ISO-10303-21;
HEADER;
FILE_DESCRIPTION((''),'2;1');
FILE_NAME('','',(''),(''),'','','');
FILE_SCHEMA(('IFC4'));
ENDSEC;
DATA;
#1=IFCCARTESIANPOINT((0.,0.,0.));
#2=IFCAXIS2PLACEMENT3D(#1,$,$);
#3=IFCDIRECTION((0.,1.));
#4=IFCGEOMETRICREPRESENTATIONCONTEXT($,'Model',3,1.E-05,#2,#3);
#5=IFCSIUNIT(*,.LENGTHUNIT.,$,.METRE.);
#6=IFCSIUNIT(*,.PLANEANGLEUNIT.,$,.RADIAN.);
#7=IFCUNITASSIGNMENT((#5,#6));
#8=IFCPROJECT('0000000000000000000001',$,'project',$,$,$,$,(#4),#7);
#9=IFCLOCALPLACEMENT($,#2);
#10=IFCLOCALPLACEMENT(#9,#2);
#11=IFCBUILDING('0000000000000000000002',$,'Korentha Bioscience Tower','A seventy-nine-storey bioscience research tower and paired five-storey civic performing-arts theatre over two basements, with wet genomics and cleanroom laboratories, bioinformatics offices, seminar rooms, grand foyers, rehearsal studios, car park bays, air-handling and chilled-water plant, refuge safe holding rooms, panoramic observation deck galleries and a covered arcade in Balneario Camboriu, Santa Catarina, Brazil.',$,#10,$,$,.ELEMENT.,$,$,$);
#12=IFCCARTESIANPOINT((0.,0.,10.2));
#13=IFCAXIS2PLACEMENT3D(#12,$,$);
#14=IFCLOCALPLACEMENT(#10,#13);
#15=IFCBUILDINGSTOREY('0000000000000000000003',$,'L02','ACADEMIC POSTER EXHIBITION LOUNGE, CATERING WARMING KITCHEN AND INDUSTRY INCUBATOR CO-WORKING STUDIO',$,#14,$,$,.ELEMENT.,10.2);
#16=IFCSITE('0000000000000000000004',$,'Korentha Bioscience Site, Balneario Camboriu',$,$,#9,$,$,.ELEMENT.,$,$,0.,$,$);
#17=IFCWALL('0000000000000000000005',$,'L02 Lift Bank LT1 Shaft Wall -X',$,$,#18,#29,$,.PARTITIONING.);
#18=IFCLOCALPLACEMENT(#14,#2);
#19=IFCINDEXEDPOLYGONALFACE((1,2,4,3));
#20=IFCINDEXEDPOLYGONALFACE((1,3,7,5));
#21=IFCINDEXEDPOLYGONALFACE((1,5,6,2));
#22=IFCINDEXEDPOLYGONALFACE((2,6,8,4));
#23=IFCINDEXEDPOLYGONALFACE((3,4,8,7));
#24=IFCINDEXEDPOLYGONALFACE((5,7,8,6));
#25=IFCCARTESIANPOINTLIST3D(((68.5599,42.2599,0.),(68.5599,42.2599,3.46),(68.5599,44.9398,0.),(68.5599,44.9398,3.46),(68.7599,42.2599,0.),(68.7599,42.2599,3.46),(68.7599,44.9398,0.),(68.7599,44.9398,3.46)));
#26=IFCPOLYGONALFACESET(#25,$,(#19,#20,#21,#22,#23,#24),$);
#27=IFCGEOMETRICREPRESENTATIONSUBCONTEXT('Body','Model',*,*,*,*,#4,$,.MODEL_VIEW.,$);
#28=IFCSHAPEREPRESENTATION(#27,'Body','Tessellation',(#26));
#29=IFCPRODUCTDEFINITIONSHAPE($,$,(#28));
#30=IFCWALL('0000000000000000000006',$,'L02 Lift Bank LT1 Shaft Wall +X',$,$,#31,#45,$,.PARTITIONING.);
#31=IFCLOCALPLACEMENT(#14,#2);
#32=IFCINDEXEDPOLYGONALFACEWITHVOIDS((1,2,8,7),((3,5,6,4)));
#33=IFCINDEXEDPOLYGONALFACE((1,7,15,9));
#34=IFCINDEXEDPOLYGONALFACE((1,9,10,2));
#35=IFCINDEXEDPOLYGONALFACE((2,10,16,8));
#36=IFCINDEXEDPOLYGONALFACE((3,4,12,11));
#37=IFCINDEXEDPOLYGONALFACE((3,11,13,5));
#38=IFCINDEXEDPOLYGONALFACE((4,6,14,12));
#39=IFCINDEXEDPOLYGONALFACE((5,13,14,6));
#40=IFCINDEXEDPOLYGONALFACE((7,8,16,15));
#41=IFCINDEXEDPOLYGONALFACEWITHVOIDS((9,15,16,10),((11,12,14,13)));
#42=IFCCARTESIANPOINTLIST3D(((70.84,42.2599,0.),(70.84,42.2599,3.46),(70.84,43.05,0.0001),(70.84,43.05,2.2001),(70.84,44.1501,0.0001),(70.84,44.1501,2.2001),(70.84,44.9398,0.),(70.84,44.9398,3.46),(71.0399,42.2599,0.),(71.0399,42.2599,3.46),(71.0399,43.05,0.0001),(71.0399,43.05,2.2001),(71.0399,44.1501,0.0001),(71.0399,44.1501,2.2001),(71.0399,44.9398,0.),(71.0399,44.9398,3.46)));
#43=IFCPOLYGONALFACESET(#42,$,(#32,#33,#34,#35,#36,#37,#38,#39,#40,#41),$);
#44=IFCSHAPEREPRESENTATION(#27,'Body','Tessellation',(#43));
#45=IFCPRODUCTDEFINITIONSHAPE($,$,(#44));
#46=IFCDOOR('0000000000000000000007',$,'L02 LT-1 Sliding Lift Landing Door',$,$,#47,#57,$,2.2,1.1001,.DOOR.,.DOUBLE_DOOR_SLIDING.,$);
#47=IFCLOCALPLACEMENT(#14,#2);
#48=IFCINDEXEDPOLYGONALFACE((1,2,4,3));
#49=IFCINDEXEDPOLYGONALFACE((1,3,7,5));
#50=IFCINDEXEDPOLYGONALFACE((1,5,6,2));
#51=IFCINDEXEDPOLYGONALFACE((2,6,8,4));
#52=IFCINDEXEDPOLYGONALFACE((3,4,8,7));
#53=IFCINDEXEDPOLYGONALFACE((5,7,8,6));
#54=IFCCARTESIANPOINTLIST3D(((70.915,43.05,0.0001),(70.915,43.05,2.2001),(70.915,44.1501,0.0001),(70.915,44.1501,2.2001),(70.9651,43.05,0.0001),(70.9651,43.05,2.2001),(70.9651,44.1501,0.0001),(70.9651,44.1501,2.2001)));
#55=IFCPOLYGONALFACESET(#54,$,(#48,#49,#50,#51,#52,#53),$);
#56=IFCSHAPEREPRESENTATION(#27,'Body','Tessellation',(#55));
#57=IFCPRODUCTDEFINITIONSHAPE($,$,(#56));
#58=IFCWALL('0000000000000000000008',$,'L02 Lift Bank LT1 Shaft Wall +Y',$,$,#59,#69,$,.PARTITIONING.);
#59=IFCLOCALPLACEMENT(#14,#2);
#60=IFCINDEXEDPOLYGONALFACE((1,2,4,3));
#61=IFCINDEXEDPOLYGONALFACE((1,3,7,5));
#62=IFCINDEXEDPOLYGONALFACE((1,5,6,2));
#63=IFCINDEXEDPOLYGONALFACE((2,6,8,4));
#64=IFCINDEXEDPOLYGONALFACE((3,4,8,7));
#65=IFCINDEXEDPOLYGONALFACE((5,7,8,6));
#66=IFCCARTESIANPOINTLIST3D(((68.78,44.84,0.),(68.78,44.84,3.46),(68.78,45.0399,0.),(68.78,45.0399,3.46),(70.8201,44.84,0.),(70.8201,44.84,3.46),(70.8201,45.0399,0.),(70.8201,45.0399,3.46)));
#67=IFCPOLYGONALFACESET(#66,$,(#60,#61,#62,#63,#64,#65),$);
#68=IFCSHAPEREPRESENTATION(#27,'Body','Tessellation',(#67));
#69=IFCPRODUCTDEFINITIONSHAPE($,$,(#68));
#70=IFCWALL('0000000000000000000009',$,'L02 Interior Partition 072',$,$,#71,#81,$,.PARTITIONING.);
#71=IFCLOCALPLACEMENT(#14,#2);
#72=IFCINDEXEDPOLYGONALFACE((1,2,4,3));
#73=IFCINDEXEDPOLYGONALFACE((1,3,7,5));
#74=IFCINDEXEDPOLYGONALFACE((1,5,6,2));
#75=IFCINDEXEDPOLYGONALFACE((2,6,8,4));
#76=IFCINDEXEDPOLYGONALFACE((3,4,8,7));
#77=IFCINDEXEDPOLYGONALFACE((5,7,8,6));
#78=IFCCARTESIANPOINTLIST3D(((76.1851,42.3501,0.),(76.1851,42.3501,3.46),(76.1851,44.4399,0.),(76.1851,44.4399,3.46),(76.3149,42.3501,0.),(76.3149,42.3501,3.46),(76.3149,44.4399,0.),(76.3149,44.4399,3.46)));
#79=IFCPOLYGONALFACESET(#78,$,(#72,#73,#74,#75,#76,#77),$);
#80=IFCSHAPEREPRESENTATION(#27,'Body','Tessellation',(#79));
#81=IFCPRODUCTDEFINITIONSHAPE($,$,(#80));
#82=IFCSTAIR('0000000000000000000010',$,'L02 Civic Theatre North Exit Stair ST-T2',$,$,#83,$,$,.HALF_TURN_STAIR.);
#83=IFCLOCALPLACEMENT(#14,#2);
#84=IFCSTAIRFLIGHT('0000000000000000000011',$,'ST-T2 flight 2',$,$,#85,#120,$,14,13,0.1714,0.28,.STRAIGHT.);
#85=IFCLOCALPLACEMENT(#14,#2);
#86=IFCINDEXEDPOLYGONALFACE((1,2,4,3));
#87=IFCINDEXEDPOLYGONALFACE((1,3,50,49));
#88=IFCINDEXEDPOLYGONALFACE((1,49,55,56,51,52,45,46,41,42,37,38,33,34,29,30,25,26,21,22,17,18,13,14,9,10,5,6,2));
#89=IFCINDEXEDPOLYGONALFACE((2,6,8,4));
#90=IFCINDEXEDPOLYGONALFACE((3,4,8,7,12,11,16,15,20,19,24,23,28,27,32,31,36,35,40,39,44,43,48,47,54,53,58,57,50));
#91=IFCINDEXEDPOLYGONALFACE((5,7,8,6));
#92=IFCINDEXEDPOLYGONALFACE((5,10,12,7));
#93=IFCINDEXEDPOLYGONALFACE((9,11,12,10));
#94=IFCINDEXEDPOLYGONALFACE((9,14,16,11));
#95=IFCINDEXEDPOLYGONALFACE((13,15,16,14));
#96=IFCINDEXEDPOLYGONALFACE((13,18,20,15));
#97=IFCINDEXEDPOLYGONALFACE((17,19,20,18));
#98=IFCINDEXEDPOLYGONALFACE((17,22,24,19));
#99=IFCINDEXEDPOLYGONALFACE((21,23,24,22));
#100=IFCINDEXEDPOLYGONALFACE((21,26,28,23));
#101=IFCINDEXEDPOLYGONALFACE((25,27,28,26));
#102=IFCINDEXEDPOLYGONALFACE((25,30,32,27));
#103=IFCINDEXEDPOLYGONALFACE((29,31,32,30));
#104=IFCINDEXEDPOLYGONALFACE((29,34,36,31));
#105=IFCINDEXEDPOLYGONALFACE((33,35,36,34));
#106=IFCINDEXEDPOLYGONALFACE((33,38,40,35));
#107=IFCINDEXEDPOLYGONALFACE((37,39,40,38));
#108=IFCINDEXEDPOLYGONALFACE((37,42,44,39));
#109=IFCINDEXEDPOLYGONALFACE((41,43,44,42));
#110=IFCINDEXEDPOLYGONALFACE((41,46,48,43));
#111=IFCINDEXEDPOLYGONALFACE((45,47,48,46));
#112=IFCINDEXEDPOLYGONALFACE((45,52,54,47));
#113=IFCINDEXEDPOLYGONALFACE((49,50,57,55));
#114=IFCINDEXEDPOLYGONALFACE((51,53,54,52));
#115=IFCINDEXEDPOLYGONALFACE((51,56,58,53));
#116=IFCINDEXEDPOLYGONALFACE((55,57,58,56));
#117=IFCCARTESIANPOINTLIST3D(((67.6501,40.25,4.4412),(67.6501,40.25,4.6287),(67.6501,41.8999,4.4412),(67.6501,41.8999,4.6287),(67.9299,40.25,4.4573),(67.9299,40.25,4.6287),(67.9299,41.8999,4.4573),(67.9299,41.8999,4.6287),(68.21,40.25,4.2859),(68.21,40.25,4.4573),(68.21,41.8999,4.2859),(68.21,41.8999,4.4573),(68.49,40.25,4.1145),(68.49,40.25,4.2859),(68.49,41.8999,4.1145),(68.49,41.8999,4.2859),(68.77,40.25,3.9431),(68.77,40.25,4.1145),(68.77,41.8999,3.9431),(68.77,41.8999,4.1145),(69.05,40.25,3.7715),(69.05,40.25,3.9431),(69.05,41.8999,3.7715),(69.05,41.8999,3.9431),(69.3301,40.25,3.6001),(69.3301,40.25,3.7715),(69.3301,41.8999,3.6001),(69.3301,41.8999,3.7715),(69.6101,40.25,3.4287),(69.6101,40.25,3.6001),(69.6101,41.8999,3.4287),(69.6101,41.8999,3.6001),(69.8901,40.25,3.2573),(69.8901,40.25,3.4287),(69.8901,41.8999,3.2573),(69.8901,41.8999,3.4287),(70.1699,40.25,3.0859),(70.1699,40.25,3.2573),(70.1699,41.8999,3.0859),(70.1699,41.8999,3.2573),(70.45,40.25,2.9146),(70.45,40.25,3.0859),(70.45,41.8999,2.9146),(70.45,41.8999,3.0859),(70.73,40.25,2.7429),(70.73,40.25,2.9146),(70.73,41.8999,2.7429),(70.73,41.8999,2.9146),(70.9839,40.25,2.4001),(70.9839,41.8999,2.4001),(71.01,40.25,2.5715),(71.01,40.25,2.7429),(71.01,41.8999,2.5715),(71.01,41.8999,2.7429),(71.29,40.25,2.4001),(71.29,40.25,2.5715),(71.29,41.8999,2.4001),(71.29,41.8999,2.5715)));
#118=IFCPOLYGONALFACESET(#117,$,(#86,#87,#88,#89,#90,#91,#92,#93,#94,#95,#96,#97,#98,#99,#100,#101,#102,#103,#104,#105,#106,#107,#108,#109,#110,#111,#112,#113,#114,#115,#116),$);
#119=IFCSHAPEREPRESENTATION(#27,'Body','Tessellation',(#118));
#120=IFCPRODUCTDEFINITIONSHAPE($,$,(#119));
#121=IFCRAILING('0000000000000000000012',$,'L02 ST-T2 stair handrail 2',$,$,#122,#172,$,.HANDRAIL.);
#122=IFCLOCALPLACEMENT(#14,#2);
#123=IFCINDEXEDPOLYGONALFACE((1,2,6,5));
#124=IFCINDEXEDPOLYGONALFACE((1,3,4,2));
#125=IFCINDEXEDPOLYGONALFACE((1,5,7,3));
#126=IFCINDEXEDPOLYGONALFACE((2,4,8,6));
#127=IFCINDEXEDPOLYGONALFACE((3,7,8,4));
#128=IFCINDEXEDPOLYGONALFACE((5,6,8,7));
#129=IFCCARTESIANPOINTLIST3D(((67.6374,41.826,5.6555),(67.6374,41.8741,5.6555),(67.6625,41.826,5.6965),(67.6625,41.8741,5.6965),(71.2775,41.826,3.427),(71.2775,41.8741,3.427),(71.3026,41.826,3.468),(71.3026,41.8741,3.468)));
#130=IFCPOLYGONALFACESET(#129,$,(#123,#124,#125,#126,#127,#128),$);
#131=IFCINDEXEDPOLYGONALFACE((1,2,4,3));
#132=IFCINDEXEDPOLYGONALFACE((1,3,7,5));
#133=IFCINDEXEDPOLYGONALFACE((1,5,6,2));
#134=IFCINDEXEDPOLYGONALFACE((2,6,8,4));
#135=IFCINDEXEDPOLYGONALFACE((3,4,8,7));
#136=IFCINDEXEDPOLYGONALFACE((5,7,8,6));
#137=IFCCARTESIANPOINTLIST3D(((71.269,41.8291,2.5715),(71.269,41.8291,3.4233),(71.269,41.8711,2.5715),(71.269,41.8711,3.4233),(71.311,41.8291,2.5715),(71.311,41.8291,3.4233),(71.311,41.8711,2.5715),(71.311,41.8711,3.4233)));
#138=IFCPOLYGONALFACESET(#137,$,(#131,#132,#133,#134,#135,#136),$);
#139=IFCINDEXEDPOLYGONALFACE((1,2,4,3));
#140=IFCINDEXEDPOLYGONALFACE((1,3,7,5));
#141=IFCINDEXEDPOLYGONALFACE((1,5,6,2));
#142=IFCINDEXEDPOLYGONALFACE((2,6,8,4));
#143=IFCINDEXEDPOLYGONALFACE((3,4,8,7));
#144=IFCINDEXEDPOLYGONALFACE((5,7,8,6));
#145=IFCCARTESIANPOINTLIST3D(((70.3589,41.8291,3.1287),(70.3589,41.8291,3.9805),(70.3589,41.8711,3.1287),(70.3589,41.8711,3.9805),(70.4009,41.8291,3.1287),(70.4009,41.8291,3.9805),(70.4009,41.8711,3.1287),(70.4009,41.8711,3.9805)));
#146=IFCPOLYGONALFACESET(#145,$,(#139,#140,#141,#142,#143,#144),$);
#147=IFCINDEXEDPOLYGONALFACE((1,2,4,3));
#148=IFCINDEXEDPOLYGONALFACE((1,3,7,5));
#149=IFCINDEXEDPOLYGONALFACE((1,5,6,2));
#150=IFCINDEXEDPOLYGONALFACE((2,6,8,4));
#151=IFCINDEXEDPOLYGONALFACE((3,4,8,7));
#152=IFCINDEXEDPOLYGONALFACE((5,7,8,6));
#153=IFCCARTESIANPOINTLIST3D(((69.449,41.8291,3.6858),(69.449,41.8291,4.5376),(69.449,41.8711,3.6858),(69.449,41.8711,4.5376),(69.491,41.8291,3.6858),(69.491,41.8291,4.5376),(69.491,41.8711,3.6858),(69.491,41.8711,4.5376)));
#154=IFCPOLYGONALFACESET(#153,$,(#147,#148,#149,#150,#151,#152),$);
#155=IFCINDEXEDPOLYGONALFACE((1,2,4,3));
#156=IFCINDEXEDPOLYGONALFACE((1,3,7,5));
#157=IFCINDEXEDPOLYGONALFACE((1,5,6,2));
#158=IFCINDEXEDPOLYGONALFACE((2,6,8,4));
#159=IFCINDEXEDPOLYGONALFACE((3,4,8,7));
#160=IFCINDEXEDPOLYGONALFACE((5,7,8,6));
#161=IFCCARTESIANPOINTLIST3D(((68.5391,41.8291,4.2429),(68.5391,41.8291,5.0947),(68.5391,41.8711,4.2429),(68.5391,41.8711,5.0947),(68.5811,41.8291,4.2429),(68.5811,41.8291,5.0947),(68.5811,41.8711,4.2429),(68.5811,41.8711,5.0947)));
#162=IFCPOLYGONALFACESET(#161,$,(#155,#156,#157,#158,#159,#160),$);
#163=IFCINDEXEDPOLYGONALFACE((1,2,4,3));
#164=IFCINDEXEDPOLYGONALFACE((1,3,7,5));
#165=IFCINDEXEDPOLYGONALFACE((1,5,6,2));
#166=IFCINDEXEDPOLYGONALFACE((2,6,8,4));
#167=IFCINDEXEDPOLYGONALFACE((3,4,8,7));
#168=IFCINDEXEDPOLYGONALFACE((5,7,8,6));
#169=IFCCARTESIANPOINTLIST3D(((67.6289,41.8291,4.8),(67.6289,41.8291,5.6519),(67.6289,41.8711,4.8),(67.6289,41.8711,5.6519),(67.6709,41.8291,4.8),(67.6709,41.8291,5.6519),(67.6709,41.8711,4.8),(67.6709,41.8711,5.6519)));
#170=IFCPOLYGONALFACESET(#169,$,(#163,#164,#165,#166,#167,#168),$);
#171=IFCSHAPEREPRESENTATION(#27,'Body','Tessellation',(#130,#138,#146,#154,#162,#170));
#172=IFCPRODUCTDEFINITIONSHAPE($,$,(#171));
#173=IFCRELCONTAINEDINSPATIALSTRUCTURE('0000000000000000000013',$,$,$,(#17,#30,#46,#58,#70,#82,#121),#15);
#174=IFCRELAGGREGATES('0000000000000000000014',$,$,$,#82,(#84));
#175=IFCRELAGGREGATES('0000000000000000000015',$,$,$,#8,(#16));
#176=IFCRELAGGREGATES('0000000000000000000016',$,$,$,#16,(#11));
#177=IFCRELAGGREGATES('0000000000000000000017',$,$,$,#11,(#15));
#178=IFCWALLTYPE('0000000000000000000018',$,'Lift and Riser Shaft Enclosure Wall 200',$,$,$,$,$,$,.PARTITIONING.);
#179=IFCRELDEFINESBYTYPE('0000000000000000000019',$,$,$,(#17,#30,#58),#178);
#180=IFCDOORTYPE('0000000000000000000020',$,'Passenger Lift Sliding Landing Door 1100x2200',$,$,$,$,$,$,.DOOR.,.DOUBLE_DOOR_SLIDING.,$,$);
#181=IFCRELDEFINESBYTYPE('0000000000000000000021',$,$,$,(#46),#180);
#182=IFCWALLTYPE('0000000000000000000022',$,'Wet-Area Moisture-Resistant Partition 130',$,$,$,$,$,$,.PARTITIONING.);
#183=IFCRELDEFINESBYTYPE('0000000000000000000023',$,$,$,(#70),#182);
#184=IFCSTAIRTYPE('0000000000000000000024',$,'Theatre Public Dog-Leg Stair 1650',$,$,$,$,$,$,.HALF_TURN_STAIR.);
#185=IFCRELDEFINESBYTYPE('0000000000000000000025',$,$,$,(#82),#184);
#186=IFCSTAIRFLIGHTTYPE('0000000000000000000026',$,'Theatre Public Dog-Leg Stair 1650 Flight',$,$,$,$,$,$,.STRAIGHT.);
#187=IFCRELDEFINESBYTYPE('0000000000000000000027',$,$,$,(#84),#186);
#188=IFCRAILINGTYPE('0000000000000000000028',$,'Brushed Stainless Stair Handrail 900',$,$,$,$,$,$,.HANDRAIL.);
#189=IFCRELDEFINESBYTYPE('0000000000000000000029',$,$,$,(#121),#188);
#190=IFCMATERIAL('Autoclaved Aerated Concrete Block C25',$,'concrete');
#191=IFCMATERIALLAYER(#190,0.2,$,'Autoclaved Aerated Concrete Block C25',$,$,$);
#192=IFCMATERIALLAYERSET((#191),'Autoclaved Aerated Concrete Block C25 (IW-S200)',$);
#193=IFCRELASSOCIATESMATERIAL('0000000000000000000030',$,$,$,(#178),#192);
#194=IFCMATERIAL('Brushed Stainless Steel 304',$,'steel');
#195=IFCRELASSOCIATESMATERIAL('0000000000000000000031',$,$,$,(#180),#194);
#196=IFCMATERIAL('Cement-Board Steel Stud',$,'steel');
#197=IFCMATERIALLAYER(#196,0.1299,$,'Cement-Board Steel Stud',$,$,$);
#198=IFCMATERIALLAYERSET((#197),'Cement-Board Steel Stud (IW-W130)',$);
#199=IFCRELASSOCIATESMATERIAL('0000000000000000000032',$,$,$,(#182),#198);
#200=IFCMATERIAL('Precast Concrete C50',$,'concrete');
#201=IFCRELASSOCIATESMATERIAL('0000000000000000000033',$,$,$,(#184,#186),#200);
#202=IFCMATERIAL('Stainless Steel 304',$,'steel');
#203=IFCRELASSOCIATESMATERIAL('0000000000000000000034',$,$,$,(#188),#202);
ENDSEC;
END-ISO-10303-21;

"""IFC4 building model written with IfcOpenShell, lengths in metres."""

from ifc_helpers import new_model, si_unit, direction, frame, frame_2d, origin, origin_2d, place, context, subcontext, project, spatial, polyline, rectangle, outline, extrude, material, layer, layer_set, type_object, element, fill, aggregate, save


model = new_model("IFC4")

# Units and contexts
model_context = context("Model", 3, precision=1e-05, world=origin(), true_north=direction((0.0, 1.0)))
body_context = subcontext(model_context, "Body", "Model", "MODEL_VIEW")
ifc_project = project(units=[si_unit("LENGTHUNIT", "METRE"), si_unit("PLANEANGLEUNIT", "RADIAN")], contexts=[model_context])

# Site, building, storey
site_placement = place(None, origin())
site = spatial("IfcSite", under=ifc_project, at=site_placement, Name="Korentha Bioscience Site, Balneario Camboriu", CompositionType="ELEMENT", RefElevation=0.0)
building_placement = place(site_placement, origin())
building = spatial("IfcBuilding", under=site, at=building_placement, Name="Korentha Bioscience Tower", Description="A seventy-nine-storey bioscience research tower and paired five-storey civic performing-arts theatre over two basements, with wet genomics and cleanroom laboratories, bioinformatics offices, seminar rooms, grand foyers, rehearsal studios, car park bays, air-handling and chilled-water plant, refuge safe holding rooms, panoramic observation deck galleries and a covered arcade in Balneario Camboriu, Santa Catarina, Brazil.", CompositionType="ELEMENT")
storey_placement = place(building_placement, frame((0.0, 0.0, 10.2)))
storey = spatial("IfcBuildingStorey", under=building, at=storey_placement, Name="L02", Description="ACADEMIC POSTER EXHIBITION LOUNGE, CATERING WARMING KITCHEN AND INDUSTRY INCUBATOR CO-WORKING STUDIO", CompositionType="ELEMENT", Elevation=10.2)

# Wall
ifc_material_1 = material(Name="Autoclaved Aerated Concrete Block C25", Category="concrete")
ifc_layer_1 = layer(ifc_material_1, 0.2, Name="Autoclaved Aerated Concrete Block C25")
ifc_layer_set_1 = layer_set([ifc_layer_1], Name="Autoclaved Aerated Concrete Block C25 (IW-S200)")
wall_type_1 = type_object("IfcWallType", Name="Lift and Riser Shaft Enclosure Wall 200", PredefinedType="PARTITIONING", material=ifc_layer_set_1)
wall_1_placement = place(storey_placement, frame((68.6599, 42.26, 0.0), z_axis=(0.0, 0.0, 1.0), x_axis=(0.0, 1.0, 0.0)))
element("IfcWall", 1, at=wall_1_placement, inside=storey, type_object=wall_type_1, Name="L02 Lift Bank LT1 Shaft Wall -X", PredefinedType="PARTITIONING", context=body_context, shape_type="SweptSolid", body=[
    extrude(rectangle(XDim=2.6799, YDim=0.2, at=frame_2d((1.3398, 0.0))), origin(), (0.0, 0.0, 1.0), 3.46),
])

# Wall, opening, door
wall_2_placement = place(storey_placement, frame((70.9399, 42.26, 0.0), z_axis=(0.0, 0.0, 1.0), x_axis=(0.0, 1.0, 0.0)))
wall_2 = element("IfcWall", 2, at=wall_2_placement, inside=storey, type_object=wall_type_1, Name="L02 Lift Bank LT1 Shaft Wall +X", PredefinedType="PARTITIONING", context=body_context, shape_type="SweptSolid", body=[
    extrude(rectangle(XDim=2.6799, YDim=0.2, at=frame_2d((1.3398, 0.0))), origin(), (0.0, 0.0, 1.0), 3.46),
])
opening_1_placement = place(wall_2_placement, frame((0.79, 0.0, 0.0)))
opening_1 = element("IfcOpeningElement", 3, at=opening_1_placement, cuts=wall_2, PredefinedType="OPENING", context=body_context, shape_type="SweptSolid", body=[
    extrude(rectangle(XDim=1.1001, YDim=2.2, at=frame_2d((0.55, 1.1001))), frame((0.0, 0.1147, 0.0), z_axis=(0.0, -1.0, 0.0), x_axis=(1.0, 0.0, 0.0)), (0.0, 0.0, 1.0), 0.2297),
])
ifc_material_2 = material(Name="Brushed Stainless Steel 304", Category="steel")
door_type_1 = type_object("IfcDoorType", Name="Passenger Lift Sliding Landing Door 1100x2200", OperationType="DOUBLE_DOOR_SLIDING", PredefinedType="DOOR", material=ifc_material_2)
door_1_placement = place(opening_1_placement, origin())
door_1 = element("IfcDoor", 4, at=door_1_placement, inside=storey, type_object=door_type_1, Name="L02 LT-1 Sliding Lift Landing Door", OperationType="DOUBLE_DOOR_SLIDING", OverallHeight=2.2, OverallWidth=1.1001, PredefinedType="DOOR", context=body_context, shape_type="SweptSolid", body=[
    extrude(rectangle(XDim=1.1001, YDim=2.2, at=frame_2d((0.55, 1.1001))), frame((0.0, 0.0249, 0.0), z_axis=(0.0, -1.0, 0.0), x_axis=(1.0, 0.0, 0.0)), (0.0, 0.0, 1.0), 0.05),
])
fill(opening_1, door_1)

# Wall
wall_3_placement = place(storey_placement, frame((68.78, 44.9399, 0.0), z_axis=(0.0, 0.0, 1.0), x_axis=(1.0, 0.0, 0.0)))
element("IfcWall", 5, at=wall_3_placement, inside=storey, type_object=wall_type_1, Name="L02 Lift Bank LT1 Shaft Wall +Y", PredefinedType="PARTITIONING", context=body_context, shape_type="SweptSolid", body=[
    extrude(rectangle(XDim=2.04, YDim=0.2, at=frame_2d((1.02, 0.0))), origin(), (0.0, 0.0, 1.0), 3.46),
])

# Shared definitions
ifc_material_3 = material(Name="Cement-Board Steel Stud", Category="steel")
ifc_layer_2 = layer(ifc_material_3, 0.1299, Name="Cement-Board Steel Stud")
ifc_layer_set_2 = layer_set([ifc_layer_2], Name="Cement-Board Steel Stud (IW-W130)")
wall_type_2 = type_object("IfcWallType", Name="Wet-Area Moisture-Resistant Partition 130", PredefinedType="PARTITIONING", material=ifc_layer_set_2)

# Wall
wall_4_placement = place(storey_placement, frame((76.25, 42.3501, 0.0), z_axis=(0.0, 0.0, 1.0), x_axis=(0.0, 1.0, 0.0)))
element("IfcWall", 6, at=wall_4_placement, inside=storey, type_object=wall_type_2, Name="L02 Interior Partition 072", PredefinedType="PARTITIONING", context=body_context, shape_type="SweptSolid", body=[
    extrude(rectangle(XDim=2.0898, YDim=0.1299, at=frame_2d((1.0449, 0.0))), origin(), (0.0, 0.0, 1.0), 3.46),
])

# Stair, stair flight
ifc_material_4 = material(Name="Precast Concrete C50", Category="concrete")
stair_type = type_object("IfcStairType", Name="Theatre Public Dog-Leg Stair 1650", PredefinedType="HALF_TURN_STAIR", material=ifc_material_4)
stair_placement = place(storey_placement, origin())
stair = element("IfcStair", 7, at=stair_placement, inside=storey, type_object=stair_type, Name="L02 Civic Theatre North Exit Stair ST-T2", PredefinedType="HALF_TURN_STAIR")
stair_flight_type = type_object("IfcStairFlightType", Name="Theatre Public Dog-Leg Stair 1650 Flight", PredefinedType="STRAIGHT", material=ifc_material_4)
stair_flight_placement = place(storey_placement, frame((71.29, 41.075, 2.4001), z_axis=(0.0, 0.0, 1.0), x_axis=(-1.0, 0.0, 0.0)))
stair_flight = element("IfcStairFlight", 8, at=stair_flight_placement, type_object=stair_flight_type, Name="ST-T2 flight 2", NumberOfRisers=14, NumberOfTreads=13, PredefinedType="STRAIGHT", RiserHeight=0.1714, TreadLength=0.28, context=body_context, shape_type="SweptSolid", body=[
    extrude(outline(polyline([(0.0, 0.0), (0.0, 0.1714), (0.28, 0.1714), (0.28, 0.3428), (0.5601, 0.3428), (0.5601, 0.5144), (0.8401, 0.5144), (0.8401, 0.6858), (1.1201, 0.6858), (1.1201, 0.8572), (1.3999, 0.8572), (1.3999, 1.0286), (1.6799, 1.0286), (1.6799, 1.2), (1.96, 1.2), (1.96, 1.3713), (2.24, 1.3713), (2.24, 1.543), (2.52, 1.543), (2.52, 1.7144), (2.8, 1.7144), (2.8, 1.8857), (3.0801, 1.8857), (3.0801, 2.0571), (3.3601, 2.0571), (3.3601, 2.2285), (3.6399, 2.2285), (3.6399, 2.3999), (3.6399, 2.041), (0.3062, 0.0), (0.0, 0.0)])), frame((0.0, 0.825, 0.0), z_axis=(0.0, -1.0, 0.0), x_axis=(1.0, 0.0, 0.0)), (0.0, 0.0, 1.0), 1.6499),
])
aggregate(stair, [stair_flight])

# Railing
ifc_material_5 = material(Name="Stainless Steel 304", Category="steel")
railing_type_1 = type_object("IfcRailingType", Name="Brushed Stainless Stair Handrail 900", PredefinedType="HANDRAIL", material=ifc_material_5)
railing_1_placement = place(storey_placement, frame((71.29, 41.8501, 2.5715)))
element("IfcRailing", 9, at=railing_1_placement, inside=storey, type_object=railing_type_1, Name="L02 ST-T2 stair handrail 2", PredefinedType="HANDRAIL", context=body_context, shape_type="SweptSolid", body=[
    extrude(rectangle(XDim=0.0481, YDim=0.0481, at=origin_2d()), frame((0.0, 0.0, 0.876), z_axis=(-0.852866, 0.0, 0.52213), x_axis=(0.0, -1.0, 0.0)), (0.0, 0.0, 1.0), 4.2681),
    extrude(rectangle(XDim=0.042, YDim=0.042, at=origin_2d()), origin(), (0.0, 0.0, 1.0), 0.8518),
    extrude(rectangle(XDim=0.042, YDim=0.042, at=origin_2d()), frame((-0.9102, 0.0, 0.5571)), (0.0, 0.0, 1.0), 0.8518),
    extrude(rectangle(XDim=0.042, YDim=0.042, at=origin_2d()), frame((-1.8201, 0.0, 1.1143)), (0.0, 0.0, 1.0), 0.8518),
    extrude(rectangle(XDim=0.042, YDim=0.042, at=origin_2d()), frame((-2.73, 0.0, 1.6714)), (0.0, 0.0, 1.0), 0.8518),
    extrude(rectangle(XDim=0.042, YDim=0.042, at=origin_2d()), frame((-3.6401, 0.0, 2.2285)), (0.0, 0.0, 1.0), 0.8518),
])

save(model, "model.ifc")
